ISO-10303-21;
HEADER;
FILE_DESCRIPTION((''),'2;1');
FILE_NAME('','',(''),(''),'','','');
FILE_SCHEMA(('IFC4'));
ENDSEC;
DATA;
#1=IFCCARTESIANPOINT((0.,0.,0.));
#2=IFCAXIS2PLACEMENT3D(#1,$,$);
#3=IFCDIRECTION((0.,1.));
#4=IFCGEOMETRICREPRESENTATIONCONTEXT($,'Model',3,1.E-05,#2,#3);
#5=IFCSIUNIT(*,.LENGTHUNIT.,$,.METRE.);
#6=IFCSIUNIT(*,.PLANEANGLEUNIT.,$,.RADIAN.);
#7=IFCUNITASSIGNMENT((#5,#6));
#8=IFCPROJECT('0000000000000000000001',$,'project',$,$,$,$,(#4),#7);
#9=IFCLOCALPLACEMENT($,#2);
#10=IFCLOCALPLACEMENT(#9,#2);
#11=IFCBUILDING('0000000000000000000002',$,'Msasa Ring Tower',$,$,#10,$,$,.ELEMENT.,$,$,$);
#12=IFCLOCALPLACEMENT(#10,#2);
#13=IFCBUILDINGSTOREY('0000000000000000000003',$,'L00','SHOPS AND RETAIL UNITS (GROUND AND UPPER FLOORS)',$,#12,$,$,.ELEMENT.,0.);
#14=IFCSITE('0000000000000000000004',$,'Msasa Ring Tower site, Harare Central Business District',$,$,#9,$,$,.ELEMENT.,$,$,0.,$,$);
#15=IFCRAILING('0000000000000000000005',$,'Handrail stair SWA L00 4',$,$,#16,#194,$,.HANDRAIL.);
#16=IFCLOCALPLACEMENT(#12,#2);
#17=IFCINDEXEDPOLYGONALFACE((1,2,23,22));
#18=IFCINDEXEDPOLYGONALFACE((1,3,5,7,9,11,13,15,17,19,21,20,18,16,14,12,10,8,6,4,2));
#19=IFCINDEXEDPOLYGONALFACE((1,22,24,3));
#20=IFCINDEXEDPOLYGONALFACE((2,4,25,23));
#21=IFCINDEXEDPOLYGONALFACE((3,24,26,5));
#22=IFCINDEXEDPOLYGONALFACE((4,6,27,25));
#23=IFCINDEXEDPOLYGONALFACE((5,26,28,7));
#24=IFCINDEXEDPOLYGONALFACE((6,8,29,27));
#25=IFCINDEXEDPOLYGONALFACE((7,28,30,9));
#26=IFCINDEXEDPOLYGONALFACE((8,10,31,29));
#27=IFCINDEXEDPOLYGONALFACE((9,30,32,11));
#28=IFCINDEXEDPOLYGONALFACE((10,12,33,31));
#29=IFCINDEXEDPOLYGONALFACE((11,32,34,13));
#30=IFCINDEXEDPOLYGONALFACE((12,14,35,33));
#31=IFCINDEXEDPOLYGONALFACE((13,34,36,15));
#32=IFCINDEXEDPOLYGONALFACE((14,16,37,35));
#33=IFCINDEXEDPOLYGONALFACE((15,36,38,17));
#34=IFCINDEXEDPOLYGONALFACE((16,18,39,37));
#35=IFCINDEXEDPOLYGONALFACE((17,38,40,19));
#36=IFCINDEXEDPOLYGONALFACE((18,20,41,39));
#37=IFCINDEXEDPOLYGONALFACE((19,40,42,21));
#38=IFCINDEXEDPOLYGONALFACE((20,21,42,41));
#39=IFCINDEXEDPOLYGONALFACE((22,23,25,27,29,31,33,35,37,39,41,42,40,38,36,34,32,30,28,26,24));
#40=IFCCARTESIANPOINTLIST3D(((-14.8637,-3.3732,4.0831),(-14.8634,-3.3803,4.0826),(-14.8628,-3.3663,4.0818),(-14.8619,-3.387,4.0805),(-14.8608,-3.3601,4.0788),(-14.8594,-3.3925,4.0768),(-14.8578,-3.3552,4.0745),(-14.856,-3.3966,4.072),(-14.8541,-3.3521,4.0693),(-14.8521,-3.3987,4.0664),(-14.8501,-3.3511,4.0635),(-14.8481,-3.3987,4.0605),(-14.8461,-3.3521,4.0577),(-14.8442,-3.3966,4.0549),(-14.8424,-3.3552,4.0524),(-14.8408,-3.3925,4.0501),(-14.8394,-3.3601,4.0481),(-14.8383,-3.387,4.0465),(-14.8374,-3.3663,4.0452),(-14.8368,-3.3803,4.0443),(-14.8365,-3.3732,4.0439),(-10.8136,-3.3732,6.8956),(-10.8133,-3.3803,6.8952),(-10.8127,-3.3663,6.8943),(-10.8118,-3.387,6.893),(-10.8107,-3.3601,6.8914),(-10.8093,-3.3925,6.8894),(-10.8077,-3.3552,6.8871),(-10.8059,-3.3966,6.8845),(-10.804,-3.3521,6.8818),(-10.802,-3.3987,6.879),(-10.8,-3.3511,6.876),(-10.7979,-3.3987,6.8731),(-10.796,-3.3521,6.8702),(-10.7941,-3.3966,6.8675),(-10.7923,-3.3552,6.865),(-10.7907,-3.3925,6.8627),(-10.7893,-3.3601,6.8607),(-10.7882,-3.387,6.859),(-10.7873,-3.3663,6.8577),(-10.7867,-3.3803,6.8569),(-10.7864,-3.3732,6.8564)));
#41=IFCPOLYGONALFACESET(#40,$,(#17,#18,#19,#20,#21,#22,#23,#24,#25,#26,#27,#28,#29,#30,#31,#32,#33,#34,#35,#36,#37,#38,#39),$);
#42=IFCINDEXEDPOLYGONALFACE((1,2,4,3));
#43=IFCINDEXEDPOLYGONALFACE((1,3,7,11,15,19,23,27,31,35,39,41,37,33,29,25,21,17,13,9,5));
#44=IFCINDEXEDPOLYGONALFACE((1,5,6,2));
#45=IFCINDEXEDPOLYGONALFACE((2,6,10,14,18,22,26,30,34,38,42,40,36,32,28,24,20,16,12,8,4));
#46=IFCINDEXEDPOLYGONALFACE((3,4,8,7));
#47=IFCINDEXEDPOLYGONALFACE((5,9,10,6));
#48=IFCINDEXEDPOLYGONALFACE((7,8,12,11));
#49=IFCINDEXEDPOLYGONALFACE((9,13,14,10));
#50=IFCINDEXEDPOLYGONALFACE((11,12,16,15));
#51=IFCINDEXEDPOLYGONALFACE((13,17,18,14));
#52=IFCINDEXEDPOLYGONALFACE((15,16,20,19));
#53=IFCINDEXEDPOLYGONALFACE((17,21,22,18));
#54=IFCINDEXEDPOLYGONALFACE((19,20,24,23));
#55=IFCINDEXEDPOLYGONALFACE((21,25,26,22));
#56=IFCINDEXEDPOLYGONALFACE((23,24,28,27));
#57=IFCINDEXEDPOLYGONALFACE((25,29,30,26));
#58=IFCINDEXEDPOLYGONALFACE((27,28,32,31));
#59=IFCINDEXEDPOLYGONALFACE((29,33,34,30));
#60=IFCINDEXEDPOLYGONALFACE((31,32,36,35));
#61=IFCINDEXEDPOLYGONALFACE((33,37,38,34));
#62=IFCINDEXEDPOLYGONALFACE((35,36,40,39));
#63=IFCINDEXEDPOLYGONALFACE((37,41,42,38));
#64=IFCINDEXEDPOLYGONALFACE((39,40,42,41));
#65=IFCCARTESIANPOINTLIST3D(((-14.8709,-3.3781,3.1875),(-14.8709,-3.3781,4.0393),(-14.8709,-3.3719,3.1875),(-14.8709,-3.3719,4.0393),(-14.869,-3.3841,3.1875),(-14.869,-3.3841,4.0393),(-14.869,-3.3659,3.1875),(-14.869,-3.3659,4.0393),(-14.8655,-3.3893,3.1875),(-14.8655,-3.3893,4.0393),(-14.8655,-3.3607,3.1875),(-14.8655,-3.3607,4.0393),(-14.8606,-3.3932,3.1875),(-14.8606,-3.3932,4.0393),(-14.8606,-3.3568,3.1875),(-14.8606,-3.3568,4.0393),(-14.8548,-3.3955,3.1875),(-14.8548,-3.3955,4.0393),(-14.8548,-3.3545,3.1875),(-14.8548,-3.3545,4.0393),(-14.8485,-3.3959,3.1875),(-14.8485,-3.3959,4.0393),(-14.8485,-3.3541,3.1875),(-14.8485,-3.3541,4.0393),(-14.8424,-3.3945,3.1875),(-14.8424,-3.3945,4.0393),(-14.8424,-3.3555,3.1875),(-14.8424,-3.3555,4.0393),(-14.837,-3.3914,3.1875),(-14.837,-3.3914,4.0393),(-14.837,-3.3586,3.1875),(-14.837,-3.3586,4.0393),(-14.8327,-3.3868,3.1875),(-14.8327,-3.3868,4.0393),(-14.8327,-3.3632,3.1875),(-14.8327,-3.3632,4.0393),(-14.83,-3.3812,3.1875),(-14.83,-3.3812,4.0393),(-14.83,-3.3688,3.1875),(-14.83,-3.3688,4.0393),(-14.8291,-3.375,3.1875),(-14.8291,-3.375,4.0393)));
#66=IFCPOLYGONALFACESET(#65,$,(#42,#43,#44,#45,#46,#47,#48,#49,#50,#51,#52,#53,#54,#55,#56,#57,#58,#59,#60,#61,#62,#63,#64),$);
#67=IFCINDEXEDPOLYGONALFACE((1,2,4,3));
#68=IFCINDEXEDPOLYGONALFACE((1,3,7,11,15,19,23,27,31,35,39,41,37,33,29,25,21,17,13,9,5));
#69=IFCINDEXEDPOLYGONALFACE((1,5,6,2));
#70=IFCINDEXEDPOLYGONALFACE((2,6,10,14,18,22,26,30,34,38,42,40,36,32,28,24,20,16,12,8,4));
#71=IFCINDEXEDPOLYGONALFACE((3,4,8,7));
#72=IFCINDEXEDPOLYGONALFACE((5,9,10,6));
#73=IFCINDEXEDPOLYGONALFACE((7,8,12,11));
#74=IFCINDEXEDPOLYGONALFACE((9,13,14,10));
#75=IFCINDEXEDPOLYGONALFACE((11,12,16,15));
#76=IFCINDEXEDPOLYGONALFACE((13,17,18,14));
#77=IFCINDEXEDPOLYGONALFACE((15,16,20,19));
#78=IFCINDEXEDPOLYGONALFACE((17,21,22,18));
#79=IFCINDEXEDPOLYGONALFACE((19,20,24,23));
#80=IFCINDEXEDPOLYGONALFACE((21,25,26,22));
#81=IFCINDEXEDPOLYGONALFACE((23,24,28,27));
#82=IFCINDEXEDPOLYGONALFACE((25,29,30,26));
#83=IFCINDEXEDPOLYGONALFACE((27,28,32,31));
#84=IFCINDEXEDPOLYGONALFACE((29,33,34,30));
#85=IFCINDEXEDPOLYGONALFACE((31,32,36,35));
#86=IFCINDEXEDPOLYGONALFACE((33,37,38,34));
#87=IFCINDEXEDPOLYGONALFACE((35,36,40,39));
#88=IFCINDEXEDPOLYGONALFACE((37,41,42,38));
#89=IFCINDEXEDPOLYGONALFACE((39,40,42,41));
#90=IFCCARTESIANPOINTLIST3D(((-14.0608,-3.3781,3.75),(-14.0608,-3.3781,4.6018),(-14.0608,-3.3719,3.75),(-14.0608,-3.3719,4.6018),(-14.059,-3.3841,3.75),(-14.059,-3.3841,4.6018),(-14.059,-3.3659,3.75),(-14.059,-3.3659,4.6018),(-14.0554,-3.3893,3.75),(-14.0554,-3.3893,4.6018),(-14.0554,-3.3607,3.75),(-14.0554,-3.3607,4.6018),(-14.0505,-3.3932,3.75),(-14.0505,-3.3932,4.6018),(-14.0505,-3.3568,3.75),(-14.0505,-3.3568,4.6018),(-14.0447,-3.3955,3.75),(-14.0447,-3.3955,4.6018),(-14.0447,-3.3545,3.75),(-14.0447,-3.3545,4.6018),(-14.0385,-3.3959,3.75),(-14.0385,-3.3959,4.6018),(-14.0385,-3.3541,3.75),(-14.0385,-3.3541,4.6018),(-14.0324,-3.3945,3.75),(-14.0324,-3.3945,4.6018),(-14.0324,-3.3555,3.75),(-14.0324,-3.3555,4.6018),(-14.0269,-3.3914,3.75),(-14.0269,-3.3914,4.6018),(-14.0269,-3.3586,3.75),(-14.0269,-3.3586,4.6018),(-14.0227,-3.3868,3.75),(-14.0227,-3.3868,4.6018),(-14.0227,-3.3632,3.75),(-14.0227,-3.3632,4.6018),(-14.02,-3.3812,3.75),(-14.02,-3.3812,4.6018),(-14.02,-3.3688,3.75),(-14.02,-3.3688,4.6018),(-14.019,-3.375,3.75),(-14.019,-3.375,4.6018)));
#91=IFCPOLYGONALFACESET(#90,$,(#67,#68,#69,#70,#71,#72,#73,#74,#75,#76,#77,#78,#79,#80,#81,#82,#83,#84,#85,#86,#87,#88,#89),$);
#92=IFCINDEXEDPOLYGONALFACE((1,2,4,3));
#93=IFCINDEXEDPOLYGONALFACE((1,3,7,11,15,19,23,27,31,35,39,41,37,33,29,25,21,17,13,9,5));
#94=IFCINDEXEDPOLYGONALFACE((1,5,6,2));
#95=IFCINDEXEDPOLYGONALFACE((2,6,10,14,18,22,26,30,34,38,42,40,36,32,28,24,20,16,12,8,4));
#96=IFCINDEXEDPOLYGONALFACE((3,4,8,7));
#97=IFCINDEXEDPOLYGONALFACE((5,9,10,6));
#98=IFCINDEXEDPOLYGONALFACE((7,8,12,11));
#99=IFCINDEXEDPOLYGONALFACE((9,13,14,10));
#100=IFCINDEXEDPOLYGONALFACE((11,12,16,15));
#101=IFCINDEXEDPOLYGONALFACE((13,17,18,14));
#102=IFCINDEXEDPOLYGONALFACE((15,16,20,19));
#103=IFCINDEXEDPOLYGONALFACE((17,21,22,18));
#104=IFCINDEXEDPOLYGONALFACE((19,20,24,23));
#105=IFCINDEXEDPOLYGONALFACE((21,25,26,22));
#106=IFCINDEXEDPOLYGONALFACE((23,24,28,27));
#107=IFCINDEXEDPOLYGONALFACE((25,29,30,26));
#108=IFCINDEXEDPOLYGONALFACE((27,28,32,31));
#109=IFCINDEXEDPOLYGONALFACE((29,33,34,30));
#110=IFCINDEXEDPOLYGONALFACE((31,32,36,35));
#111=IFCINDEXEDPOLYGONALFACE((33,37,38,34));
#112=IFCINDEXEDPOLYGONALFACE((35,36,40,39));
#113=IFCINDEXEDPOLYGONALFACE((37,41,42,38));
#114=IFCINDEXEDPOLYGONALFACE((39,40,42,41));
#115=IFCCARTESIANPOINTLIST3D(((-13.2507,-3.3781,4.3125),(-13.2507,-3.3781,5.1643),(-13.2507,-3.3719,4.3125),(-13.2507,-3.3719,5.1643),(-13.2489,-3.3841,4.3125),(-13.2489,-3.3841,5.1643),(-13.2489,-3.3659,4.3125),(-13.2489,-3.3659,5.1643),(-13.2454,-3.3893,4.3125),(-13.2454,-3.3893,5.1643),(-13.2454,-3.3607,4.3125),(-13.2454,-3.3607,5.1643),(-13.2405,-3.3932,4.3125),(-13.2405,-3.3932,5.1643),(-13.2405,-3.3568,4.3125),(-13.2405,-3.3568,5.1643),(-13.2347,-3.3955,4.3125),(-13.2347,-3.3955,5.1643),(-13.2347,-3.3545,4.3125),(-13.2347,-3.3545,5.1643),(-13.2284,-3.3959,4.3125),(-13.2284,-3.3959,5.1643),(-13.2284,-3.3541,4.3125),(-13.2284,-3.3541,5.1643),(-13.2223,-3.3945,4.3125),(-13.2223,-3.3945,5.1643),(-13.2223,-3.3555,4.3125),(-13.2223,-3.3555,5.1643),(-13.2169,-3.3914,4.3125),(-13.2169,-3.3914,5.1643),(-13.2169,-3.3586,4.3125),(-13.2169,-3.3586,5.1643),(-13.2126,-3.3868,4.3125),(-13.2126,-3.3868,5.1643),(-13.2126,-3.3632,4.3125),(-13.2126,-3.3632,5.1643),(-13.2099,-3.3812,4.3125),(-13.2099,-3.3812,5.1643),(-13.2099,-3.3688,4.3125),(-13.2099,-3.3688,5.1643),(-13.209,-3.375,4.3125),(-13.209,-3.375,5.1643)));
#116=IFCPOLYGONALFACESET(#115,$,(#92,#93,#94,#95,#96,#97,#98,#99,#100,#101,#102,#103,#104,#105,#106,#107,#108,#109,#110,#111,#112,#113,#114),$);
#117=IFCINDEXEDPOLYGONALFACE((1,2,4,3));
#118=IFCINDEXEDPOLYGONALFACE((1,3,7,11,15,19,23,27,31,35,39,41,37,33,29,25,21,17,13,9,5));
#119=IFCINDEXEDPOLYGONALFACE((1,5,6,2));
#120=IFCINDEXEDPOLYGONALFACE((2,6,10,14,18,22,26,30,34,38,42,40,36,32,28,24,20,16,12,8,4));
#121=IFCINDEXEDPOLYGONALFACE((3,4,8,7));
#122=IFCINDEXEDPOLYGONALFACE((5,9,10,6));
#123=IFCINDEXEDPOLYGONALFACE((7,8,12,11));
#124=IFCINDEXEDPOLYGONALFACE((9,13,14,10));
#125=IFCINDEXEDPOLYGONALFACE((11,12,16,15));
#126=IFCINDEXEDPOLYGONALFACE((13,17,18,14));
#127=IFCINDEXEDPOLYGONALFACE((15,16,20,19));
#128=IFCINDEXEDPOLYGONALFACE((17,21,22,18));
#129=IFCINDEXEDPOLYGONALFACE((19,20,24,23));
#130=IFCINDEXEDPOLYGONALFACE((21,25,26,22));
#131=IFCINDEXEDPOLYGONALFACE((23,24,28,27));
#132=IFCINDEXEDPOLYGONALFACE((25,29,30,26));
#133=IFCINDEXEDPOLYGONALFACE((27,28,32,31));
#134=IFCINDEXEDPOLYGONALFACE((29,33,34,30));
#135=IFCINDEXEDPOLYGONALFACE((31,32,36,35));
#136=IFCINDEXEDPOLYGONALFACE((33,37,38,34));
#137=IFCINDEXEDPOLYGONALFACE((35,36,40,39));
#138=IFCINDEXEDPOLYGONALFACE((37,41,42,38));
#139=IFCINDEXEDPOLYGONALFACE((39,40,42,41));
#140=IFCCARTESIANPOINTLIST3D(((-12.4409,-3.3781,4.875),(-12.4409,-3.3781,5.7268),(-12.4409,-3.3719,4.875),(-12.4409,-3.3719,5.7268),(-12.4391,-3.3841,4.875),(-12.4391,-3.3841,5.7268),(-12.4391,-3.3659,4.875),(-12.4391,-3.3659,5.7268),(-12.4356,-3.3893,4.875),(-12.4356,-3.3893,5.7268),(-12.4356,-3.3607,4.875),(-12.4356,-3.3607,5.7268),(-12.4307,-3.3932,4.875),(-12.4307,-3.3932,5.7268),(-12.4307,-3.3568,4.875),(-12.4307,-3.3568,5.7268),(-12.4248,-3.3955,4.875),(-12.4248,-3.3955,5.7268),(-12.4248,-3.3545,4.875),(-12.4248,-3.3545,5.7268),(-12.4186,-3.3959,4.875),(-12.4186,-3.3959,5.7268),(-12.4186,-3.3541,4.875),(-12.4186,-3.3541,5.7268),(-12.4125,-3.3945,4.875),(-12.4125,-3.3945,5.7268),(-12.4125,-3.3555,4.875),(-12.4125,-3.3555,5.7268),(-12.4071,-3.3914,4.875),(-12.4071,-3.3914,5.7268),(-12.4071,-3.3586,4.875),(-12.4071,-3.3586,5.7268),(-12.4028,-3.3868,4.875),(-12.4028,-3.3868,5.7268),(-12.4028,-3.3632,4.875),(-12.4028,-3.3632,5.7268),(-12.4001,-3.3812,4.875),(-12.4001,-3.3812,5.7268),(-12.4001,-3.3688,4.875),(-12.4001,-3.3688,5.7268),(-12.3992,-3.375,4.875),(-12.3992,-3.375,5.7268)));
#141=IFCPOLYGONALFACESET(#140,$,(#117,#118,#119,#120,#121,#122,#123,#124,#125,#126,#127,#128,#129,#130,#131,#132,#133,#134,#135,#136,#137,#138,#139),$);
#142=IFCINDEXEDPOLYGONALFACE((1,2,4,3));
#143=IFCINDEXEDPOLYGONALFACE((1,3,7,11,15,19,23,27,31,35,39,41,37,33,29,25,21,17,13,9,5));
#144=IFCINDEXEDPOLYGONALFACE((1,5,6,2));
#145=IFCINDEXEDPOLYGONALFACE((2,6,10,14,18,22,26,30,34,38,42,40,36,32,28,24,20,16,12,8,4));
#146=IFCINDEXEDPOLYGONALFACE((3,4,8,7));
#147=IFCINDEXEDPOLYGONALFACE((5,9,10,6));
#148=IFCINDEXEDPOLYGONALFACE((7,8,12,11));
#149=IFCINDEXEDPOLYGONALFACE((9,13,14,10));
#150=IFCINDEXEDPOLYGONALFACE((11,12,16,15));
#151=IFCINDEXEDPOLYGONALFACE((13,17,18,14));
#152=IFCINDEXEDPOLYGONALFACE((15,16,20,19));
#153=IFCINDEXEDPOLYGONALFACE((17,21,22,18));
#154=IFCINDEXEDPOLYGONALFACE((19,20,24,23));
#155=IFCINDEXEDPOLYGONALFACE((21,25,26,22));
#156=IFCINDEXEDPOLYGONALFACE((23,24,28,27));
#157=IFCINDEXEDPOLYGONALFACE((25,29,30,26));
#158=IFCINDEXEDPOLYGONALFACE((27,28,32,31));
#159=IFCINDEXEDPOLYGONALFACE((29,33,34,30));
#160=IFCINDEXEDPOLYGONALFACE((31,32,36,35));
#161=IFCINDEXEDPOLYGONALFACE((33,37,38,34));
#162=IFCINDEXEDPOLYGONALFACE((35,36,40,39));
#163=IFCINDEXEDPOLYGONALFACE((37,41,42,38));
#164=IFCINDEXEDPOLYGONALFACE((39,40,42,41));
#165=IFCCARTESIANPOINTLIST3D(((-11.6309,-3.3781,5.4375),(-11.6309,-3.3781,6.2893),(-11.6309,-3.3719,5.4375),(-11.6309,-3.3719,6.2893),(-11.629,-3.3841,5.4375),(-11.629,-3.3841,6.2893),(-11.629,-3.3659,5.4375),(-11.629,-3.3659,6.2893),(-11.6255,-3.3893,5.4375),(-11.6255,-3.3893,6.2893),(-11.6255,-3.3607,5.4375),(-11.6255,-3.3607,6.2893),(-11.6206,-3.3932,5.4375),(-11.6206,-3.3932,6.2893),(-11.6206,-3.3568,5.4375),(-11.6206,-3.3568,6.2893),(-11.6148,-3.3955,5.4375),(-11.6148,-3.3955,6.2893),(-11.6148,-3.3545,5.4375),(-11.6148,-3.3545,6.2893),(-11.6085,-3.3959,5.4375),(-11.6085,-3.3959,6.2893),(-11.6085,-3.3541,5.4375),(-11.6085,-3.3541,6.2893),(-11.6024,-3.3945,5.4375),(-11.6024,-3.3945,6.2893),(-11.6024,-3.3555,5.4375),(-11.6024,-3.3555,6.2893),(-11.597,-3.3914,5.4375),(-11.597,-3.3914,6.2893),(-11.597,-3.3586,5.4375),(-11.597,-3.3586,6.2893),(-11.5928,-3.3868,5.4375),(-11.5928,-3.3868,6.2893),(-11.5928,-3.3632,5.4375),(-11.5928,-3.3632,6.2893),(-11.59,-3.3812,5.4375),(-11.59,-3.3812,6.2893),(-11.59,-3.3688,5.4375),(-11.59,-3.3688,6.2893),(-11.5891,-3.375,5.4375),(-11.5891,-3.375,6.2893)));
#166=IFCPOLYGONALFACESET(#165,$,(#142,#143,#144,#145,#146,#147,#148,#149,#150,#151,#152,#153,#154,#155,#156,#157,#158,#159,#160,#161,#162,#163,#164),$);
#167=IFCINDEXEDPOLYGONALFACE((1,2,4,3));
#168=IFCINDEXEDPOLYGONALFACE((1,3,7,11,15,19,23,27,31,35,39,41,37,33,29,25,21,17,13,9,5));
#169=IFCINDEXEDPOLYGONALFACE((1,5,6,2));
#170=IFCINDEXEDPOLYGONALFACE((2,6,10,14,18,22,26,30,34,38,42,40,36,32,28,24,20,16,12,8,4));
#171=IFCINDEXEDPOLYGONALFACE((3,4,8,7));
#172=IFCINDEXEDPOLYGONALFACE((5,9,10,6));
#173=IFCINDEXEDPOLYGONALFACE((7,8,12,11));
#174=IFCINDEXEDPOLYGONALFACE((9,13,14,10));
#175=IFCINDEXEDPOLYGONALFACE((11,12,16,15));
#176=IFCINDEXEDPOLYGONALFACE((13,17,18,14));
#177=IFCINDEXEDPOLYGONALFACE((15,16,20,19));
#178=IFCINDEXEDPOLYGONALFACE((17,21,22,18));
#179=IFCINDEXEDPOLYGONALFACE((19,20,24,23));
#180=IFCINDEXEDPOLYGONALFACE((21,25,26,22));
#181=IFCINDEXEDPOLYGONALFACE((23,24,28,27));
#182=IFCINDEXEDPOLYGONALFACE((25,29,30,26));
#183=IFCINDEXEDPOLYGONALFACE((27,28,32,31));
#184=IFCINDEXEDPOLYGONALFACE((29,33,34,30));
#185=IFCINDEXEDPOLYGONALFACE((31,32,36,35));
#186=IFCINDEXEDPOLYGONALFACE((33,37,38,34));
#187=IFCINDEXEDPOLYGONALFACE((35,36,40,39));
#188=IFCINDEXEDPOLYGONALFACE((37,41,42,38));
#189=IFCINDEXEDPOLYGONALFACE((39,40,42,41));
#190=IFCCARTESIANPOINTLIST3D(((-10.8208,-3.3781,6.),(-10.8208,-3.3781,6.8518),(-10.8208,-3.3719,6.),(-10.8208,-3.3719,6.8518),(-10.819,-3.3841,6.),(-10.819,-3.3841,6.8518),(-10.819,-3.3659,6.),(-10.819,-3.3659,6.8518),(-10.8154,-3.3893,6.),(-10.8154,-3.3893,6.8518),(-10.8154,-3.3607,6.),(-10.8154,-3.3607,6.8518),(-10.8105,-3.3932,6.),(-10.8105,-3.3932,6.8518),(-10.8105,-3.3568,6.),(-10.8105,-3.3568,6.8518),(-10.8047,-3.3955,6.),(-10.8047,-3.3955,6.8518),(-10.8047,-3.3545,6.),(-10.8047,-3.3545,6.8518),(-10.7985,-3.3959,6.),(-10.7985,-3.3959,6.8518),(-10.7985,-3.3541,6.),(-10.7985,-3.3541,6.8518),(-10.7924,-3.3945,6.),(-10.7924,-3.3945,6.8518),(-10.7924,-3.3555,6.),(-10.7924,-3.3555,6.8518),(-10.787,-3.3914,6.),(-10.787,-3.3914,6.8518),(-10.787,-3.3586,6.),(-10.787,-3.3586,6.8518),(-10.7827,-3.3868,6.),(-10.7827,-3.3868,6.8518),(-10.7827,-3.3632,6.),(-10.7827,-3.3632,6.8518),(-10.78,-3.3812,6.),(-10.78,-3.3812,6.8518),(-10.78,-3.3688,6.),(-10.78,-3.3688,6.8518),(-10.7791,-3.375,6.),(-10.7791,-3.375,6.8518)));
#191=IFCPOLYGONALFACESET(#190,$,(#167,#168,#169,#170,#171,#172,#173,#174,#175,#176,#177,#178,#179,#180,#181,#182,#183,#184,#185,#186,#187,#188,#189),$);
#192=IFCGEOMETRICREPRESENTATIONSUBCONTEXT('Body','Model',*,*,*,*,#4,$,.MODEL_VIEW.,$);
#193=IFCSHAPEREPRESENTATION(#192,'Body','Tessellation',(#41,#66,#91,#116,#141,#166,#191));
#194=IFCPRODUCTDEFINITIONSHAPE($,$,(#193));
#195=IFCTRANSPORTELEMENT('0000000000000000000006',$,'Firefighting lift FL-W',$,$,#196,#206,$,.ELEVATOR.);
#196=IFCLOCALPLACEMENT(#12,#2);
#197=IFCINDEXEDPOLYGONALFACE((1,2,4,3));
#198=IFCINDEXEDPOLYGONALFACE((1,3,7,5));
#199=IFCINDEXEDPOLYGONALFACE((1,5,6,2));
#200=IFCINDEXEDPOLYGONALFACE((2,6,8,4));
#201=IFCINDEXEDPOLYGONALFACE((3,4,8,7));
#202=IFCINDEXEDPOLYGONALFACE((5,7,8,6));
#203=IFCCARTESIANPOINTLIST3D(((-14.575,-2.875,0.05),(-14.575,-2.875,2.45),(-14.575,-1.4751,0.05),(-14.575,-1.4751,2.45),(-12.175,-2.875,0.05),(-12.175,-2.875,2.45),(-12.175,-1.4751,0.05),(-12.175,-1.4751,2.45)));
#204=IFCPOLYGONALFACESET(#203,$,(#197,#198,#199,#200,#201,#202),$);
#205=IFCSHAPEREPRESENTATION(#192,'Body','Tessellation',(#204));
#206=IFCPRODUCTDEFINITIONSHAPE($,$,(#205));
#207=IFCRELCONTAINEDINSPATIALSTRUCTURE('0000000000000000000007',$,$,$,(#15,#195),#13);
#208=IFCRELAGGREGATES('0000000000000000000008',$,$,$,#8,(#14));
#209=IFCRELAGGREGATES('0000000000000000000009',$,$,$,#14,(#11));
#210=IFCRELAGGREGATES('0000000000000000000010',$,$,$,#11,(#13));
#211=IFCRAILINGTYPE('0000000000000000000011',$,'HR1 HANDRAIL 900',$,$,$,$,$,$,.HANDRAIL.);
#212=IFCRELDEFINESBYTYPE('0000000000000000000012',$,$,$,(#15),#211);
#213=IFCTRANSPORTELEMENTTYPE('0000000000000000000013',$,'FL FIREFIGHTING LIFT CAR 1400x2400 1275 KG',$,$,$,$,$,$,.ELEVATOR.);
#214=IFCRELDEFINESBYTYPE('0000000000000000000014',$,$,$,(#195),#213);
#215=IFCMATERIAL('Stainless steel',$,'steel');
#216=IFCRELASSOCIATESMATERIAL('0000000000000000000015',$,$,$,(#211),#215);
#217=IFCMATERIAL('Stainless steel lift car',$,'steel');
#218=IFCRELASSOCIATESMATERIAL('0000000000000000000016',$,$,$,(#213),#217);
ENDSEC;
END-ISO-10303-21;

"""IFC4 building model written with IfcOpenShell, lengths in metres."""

from ifc_helpers import new_model, si_unit, direction, frame, origin, origin_2d, place, context, subcontext, project, spatial, rectangle, circle, extrude, material, type_object, element, save


model = new_model("IFC4")

# Units and contexts
model_context = context("Model", 3, precision=1e-05, world=origin(), true_north=direction((0.0, 1.0)))
body_context = subcontext(model_context, "Body", "Model", "MODEL_VIEW")
ifc_project = project(units=[si_unit("LENGTHUNIT", "METRE"), si_unit("PLANEANGLEUNIT", "RADIAN")], contexts=[model_context])

# Site, building, storey
site_placement = place(None, origin())
site = spatial("IfcSite", under=ifc_project, at=site_placement, Name="Msasa Ring Tower site, Harare Central Business District", CompositionType="ELEMENT", RefElevation=0.0)
building_placement = place(site_placement, origin())
building = spatial("IfcBuilding", under=site, at=building_placement, Name="Msasa Ring Tower", CompositionType="ELEMENT")
storey_placement = place(building_placement, origin())
storey = spatial("IfcBuildingStorey", under=building, at=storey_placement, Name="L00", Description="SHOPS AND RETAIL UNITS (GROUND AND UPPER FLOORS)", CompositionType="ELEMENT", Elevation=0.0)

# Railing
ifc_material_1 = material(Name="Stainless steel", Category="steel")
railing_type = type_object("IfcRailingType", Name="HR1 HANDRAIL 900", PredefinedType="HANDRAIL", material=ifc_material_1)
for number, where, name in (
    (1, (-14.8501, -3.375, 3.1875), "Handrail stair SWA L00 4"),
):
    element("IfcRailing", number, at=place(storey_placement, frame(where)), inside=storey, type_object=railing_type, Name=name, PredefinedType="HANDRAIL", context=body_context, shape_type="SweptSolid", body=[
        extrude(circle(Radius=0.0239, at=origin_2d()), frame((0.0, 0.0, 0.876), z_axis=(0.821373, 0.0, 0.570391), x_axis=(0.0, 1.0, 0.0)), (0.0, 0.0, 1.0), 4.9309),
        extrude(circle(Radius=0.021, at=origin_2d()), origin(), (0.0, 0.0, 1.0), 0.8518),
        extrude(circle(Radius=0.021, at=origin_2d()), frame((0.8101, 0.0, 0.5625)), (0.0, 0.0, 1.0), 0.8518),
        extrude(circle(Radius=0.021, at=origin_2d()), frame((1.6201, 0.0, 1.125)), (0.0, 0.0, 1.0), 0.8518),
        extrude(circle(Radius=0.021, at=origin_2d()), frame((2.4299, 0.0, 1.6875)), (0.0, 0.0, 1.0), 0.8518),
        extrude(circle(Radius=0.021, at=origin_2d()), frame((3.24, 0.0, 2.25)), (0.0, 0.0, 1.0), 0.8518),
        extrude(circle(Radius=0.021, at=origin_2d()), frame((4.05, 0.0, 2.8125)), (0.0, 0.0, 1.0), 0.8518),
    ])

# Transport element
ifc_material_2 = material(Name="Stainless steel lift car", Category="steel")
transport_element_type_1 = type_object("IfcTransportElementType", Name="FL FIREFIGHTING LIFT CAR 1400x2400 1275 KG", PredefinedType="ELEVATOR", material=ifc_material_2)
transport_element_1_placement = place(storey_placement, frame((-13.375, -2.175, 0.05), z_axis=(0.0, 0.0, 1.0), x_axis=(1.0, 0.0, 0.0)))
element("IfcTransportElement", 2, at=transport_element_1_placement, inside=storey, type_object=transport_element_type_1, Name="Firefighting lift FL-W", PredefinedType="ELEVATOR", context=body_context, shape_type="SweptSolid", body=[
    extrude(rectangle(XDim=2.3999, YDim=1.3999, at=origin_2d()), origin(), (0.0, 0.0, 1.0), 2.3999),
])

save(model, "model.ifc")
